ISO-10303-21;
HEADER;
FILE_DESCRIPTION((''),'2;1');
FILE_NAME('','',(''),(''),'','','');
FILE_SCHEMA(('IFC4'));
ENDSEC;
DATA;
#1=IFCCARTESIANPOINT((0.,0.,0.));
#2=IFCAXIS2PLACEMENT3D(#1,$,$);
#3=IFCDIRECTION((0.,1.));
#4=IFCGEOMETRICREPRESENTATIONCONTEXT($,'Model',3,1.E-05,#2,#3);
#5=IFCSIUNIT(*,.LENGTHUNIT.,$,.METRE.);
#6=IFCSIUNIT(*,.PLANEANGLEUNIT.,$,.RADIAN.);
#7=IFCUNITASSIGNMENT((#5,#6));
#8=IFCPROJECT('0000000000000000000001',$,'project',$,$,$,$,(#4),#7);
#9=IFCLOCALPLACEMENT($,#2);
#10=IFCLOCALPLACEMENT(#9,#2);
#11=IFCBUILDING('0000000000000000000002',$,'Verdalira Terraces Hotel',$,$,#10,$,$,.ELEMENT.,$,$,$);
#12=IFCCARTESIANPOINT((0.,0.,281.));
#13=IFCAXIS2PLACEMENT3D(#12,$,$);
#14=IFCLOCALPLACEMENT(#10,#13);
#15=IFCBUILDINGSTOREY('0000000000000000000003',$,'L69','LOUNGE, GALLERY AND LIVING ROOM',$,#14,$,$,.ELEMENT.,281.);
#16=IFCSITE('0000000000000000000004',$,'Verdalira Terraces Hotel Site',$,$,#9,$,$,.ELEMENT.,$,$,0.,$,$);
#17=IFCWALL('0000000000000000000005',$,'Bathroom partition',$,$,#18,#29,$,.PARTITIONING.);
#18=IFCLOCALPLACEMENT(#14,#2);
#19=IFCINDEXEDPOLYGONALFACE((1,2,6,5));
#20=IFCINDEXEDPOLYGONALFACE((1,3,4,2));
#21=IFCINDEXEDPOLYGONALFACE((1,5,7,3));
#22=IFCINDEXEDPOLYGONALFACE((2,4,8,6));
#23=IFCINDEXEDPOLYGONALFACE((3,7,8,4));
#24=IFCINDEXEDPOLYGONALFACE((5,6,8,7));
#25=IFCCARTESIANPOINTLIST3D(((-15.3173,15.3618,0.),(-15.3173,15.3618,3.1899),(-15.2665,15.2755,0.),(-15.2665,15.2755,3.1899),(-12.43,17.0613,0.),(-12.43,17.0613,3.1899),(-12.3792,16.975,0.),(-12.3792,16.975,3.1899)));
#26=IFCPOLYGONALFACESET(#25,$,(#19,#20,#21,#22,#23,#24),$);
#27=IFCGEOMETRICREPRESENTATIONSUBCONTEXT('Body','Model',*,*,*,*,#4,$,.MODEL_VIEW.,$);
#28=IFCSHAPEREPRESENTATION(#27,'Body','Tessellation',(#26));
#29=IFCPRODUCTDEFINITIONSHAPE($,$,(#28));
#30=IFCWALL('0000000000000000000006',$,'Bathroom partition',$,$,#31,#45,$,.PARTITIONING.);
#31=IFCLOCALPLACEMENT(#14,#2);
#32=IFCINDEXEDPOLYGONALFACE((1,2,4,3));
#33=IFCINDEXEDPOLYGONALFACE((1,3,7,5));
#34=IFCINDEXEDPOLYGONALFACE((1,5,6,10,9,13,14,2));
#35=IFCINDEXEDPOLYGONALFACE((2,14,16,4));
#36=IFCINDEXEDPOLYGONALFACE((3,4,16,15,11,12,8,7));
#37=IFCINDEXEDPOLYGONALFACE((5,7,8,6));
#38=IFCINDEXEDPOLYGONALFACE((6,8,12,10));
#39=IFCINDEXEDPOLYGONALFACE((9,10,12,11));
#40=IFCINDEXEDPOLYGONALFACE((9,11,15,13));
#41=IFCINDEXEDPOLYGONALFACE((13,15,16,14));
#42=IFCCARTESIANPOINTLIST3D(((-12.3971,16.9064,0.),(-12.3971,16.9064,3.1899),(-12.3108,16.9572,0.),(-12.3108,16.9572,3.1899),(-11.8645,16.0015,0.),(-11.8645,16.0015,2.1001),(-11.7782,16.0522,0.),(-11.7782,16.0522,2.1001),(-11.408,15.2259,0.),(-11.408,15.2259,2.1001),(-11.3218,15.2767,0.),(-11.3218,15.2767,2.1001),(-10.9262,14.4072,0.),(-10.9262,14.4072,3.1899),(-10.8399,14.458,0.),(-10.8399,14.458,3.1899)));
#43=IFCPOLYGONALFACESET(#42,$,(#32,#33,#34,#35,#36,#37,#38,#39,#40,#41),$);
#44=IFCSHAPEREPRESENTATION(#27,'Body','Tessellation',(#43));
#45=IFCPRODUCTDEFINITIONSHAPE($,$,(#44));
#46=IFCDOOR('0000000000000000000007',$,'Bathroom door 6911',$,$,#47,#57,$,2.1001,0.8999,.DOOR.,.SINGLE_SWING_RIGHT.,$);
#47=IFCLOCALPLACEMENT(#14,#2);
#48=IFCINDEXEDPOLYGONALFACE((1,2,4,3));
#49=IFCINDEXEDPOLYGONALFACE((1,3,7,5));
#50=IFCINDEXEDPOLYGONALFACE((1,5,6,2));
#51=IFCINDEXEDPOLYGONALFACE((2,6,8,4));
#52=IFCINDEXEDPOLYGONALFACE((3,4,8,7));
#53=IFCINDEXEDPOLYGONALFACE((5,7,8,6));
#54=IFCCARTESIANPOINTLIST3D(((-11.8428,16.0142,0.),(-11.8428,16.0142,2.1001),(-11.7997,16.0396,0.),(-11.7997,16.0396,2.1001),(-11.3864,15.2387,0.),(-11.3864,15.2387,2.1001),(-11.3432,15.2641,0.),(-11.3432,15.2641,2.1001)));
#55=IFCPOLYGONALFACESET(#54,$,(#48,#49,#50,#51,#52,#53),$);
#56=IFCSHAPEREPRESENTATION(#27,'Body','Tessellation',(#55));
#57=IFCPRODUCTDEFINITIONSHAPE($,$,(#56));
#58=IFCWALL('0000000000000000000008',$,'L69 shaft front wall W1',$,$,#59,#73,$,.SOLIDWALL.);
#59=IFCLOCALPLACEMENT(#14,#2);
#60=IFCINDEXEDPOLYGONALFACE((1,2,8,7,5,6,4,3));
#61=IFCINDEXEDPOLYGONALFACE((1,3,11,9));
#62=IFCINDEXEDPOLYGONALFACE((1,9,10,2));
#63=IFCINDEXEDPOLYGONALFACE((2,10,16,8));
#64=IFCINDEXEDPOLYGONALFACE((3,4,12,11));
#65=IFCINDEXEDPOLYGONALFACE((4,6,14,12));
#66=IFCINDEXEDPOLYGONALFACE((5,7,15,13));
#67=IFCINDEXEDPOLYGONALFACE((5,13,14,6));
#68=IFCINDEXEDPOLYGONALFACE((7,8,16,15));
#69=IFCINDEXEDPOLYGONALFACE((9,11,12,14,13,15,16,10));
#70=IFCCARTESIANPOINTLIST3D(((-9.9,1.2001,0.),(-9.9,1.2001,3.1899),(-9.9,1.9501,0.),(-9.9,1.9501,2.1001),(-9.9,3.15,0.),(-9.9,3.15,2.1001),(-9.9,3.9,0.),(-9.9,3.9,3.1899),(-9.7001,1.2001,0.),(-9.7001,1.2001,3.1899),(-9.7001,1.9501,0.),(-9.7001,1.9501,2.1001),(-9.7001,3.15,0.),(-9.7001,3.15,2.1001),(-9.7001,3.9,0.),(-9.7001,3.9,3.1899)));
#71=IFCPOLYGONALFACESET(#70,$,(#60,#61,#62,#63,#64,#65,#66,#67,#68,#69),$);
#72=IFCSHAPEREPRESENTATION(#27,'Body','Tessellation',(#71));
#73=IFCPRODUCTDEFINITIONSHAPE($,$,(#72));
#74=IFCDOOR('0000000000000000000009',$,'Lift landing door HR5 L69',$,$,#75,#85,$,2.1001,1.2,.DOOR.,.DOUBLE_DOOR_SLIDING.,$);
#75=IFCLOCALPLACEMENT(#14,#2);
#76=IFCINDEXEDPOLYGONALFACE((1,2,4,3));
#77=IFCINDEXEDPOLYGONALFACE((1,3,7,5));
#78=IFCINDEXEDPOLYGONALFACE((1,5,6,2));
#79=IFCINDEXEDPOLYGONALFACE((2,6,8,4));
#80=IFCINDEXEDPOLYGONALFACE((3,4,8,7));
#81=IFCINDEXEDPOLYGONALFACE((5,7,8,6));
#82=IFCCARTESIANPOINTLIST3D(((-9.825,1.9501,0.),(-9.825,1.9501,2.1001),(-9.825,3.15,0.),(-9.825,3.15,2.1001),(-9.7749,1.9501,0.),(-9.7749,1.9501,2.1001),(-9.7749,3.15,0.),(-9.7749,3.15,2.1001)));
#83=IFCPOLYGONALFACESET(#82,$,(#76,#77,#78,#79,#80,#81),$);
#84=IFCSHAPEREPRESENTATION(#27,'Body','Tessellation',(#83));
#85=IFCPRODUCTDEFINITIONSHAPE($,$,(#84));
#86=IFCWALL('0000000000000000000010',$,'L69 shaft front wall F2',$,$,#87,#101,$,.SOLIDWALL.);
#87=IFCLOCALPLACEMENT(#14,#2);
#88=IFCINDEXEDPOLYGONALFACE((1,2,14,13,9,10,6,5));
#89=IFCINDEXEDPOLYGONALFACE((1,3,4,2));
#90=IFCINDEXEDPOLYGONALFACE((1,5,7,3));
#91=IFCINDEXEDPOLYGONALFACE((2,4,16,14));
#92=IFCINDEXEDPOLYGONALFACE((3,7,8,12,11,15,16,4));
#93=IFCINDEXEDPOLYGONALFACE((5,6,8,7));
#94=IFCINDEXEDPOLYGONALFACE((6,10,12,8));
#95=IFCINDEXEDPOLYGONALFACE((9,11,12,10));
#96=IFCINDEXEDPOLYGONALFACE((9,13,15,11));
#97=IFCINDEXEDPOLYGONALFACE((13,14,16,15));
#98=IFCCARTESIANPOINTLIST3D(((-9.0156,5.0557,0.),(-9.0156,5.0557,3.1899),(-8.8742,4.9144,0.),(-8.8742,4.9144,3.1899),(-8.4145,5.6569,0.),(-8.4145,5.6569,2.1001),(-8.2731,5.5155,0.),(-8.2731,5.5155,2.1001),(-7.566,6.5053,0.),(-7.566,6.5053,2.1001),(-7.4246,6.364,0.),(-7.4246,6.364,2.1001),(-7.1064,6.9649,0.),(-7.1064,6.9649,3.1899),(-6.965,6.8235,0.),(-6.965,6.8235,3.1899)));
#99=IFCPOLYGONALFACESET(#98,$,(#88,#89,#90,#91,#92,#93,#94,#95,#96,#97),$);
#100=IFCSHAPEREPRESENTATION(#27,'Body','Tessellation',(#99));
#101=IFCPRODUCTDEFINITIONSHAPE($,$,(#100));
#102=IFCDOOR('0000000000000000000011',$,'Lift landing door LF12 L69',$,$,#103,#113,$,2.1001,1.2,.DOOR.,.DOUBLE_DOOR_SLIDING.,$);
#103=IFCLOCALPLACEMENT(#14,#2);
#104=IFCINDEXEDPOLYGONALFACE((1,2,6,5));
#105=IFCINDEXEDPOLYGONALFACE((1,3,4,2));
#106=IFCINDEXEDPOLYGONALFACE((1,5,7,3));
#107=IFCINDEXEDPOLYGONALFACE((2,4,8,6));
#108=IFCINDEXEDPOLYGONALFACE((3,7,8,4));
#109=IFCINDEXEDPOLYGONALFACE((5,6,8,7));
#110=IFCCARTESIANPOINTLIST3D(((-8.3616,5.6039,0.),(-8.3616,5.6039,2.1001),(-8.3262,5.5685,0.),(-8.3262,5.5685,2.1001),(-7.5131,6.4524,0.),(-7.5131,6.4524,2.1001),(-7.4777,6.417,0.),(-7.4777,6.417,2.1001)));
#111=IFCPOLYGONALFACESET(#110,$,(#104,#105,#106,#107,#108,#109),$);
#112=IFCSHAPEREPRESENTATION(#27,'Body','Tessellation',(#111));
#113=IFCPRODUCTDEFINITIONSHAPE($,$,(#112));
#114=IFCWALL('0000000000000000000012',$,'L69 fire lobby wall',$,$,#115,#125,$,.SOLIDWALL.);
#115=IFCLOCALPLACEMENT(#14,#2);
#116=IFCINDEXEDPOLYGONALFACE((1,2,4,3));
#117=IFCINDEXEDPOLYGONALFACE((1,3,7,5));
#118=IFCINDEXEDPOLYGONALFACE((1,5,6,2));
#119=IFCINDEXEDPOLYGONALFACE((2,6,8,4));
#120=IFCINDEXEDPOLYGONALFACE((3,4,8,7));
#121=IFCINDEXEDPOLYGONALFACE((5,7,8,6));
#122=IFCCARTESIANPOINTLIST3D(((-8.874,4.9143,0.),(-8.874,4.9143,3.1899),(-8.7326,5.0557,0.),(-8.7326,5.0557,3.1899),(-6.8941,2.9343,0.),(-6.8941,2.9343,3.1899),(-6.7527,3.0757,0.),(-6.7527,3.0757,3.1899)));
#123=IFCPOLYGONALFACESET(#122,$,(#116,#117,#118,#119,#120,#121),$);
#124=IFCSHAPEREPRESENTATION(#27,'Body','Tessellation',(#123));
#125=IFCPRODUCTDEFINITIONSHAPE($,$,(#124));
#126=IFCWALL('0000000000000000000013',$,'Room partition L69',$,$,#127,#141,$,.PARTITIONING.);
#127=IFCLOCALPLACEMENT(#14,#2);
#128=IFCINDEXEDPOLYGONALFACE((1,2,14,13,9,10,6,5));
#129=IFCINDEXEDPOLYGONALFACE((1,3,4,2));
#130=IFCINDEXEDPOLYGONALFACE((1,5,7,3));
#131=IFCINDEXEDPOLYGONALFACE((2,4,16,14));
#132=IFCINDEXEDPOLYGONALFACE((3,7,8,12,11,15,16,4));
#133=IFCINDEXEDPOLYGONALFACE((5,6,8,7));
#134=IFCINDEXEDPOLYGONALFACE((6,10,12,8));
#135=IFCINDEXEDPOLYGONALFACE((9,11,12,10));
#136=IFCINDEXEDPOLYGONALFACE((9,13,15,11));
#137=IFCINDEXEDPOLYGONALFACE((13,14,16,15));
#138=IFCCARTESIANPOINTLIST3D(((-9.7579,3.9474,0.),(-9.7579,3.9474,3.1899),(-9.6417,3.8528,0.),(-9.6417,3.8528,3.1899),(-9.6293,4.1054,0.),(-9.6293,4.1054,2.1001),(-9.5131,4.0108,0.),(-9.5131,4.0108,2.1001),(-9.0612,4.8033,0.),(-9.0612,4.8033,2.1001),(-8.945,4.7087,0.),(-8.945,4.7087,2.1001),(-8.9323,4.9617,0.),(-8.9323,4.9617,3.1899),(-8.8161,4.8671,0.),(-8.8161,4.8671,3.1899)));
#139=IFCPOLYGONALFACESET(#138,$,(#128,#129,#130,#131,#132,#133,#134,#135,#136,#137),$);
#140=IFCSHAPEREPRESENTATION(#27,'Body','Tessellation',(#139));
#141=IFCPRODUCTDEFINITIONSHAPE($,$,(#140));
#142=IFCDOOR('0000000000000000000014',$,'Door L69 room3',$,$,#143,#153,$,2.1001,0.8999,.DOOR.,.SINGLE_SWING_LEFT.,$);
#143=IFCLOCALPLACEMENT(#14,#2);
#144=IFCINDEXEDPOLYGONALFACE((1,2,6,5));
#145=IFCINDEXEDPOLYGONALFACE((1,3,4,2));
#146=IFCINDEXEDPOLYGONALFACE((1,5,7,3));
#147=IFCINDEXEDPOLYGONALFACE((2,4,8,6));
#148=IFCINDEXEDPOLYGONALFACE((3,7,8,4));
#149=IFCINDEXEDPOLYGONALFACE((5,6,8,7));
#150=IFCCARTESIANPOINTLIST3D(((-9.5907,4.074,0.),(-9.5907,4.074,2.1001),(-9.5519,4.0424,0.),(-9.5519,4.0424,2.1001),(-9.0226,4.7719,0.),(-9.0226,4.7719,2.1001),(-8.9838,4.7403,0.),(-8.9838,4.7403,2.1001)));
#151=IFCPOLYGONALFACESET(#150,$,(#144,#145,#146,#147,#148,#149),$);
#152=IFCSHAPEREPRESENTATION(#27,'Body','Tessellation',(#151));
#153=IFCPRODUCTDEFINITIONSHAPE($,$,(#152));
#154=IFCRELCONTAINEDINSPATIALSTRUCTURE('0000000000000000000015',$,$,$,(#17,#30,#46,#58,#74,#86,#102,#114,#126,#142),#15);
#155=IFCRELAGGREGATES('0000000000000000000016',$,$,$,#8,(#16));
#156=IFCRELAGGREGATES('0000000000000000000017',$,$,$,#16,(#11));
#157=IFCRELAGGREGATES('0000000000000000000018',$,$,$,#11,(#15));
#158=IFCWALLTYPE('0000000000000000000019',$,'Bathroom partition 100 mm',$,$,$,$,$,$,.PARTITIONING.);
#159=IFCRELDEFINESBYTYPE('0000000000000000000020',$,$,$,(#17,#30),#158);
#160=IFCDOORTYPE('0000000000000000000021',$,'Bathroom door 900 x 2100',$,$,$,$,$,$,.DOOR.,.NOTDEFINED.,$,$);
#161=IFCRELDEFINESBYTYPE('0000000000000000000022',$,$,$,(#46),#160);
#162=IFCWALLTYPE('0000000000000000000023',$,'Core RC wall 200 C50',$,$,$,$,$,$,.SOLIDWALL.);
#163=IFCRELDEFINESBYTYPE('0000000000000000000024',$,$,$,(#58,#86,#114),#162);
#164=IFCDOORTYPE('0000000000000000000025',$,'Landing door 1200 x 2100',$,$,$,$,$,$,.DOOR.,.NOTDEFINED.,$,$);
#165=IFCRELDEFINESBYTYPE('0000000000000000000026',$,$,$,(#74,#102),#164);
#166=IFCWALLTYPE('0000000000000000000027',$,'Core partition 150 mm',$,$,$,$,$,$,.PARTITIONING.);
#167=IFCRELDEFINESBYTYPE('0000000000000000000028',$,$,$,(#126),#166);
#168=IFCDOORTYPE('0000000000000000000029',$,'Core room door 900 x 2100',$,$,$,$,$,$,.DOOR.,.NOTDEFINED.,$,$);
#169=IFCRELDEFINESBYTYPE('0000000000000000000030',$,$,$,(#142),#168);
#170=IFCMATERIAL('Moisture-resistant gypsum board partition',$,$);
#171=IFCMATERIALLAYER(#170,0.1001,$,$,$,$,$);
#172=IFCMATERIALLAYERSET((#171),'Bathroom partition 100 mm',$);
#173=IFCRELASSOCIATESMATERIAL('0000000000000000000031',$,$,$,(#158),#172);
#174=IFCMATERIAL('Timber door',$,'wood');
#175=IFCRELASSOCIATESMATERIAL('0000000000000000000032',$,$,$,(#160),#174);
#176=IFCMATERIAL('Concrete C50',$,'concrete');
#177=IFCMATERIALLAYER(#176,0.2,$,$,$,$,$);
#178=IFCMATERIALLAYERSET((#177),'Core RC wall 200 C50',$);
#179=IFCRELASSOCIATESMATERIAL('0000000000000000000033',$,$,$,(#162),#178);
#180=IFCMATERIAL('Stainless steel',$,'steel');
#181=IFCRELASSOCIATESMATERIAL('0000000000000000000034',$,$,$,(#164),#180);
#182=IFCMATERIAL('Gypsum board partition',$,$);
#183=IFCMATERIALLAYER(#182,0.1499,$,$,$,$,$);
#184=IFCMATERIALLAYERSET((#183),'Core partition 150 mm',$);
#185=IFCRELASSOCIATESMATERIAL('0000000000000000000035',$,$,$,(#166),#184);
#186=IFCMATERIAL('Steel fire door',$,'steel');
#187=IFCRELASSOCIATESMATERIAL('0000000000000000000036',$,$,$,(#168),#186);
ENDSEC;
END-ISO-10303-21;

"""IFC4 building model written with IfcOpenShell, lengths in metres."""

from ifc_helpers import new_model, si_unit, direction, frame, frame_2d, origin, place, context, subcontext, project, spatial, rectangle, extrude, material, layer, layer_set, type_object, element, fill, save


model = new_model("IFC4")

# Units and contexts
model_context = context("Model", 3, precision=1e-05, world=origin(), true_north=direction((0.0, 1.0)))
body_context = subcontext(model_context, "Body", "Model", "MODEL_VIEW")
ifc_project = project(units=[si_unit("LENGTHUNIT", "METRE"), si_unit("PLANEANGLEUNIT", "RADIAN")], contexts=[model_context])

# Site, building, storey
site_placement = place(None, origin())
site = spatial("IfcSite", under=ifc_project, at=site_placement, Name="Verdalira Terraces Hotel Site", CompositionType="ELEMENT", RefElevation=0.0)
building_placement = place(site_placement, origin())
building = spatial("IfcBuilding", under=site, at=building_placement, Name="Verdalira Terraces Hotel", CompositionType="ELEMENT")
storey_placement = place(building_placement, frame((0.0, 0.0, 281.0)))
storey = spatial("IfcBuildingStorey", under=building, at=storey_placement, Name="L69", Description="LOUNGE, GALLERY AND LIVING ROOM", CompositionType="ELEMENT", Elevation=281.0)

# Wall
ifc_material_1 = material(Name="Moisture-resistant gypsum board partition")
ifc_layer_1 = layer(ifc_material_1, 0.1001)
ifc_layer_set_1 = layer_set([ifc_layer_1], Name="Bathroom partition 100 mm")
wall_type_1 = type_object("IfcWallType", Name="Bathroom partition 100 mm", PredefinedType="PARTITIONING", material=ifc_layer_set_1)
wall_1_placement = place(storey_placement, frame((-15.292, 15.3186, 0.0), z_axis=(0.0, 0.0, 1.0), x_axis=(0.86179, 0.507265, 0.0)))
element("IfcWall", 1, at=wall_1_placement, inside=storey, type_object=wall_type_1, Name="Bathroom partition", PredefinedType="PARTITIONING", context=body_context, shape_type="SweptSolid", body=[
    extrude(rectangle(XDim=3.3503, YDim=0.1001, at=frame_2d((1.6753, 0.0))), origin(), (0.0, 0.0, 1.0), 3.1899),
])

# Walls, openings, doors
wall_2_placement = place(storey_placement, frame((-10.8831, 14.4326, 0.0), z_axis=(0.0, 0.0, 1.0), x_axis=(-0.507222, 0.861815, 0.0)))
wall_2 = element("IfcWall", 2, at=wall_2_placement, inside=storey, type_object=wall_type_1, Name="Bathroom partition", PredefinedType="PARTITIONING", context=body_context, shape_type="SweptSolid", body=[
    extrude(rectangle(XDim=2.8999, YDim=0.1001, at=frame_2d((1.45, 0.0))), origin(), (0.0, 0.0, 1.0), 3.1899),
])
opening_1_placement = place(wall_2_placement, frame((0.95, 0.0, 0.0)))
opening_1 = element("IfcOpeningElement", 3, at=opening_1_placement, cuts=wall_2, PredefinedType="OPENING", context=body_context, shape_type="SweptSolid", body=[
    extrude(rectangle(XDim=0.8999, YDim=2.1001, at=frame_2d((0.45, 1.05))), frame((0.0, 0.0601, 0.0), z_axis=(0.0, -1.0, 0.0), x_axis=(1.0, 0.0, 0.0)), (0.0, 0.0, 1.0), 0.1201),
])
ifc_material_2 = material(Name="Timber door", Category="wood")
door_type_1 = type_object("IfcDoorType", Name="Bathroom door 900 x 2100", OperationType="NOTDEFINED", PredefinedType="DOOR", material=ifc_material_2)
door_1_placement = place(opening_1_placement, origin())
door_1 = element("IfcDoor", 4, at=door_1_placement, inside=storey, type_object=door_type_1, Name="Bathroom door 6911", OperationType="SINGLE_SWING_RIGHT", OverallHeight=2.1001, OverallWidth=0.8999, PredefinedType="DOOR", context=body_context, shape_type="SweptSolid", body=[
    extrude(rectangle(XDim=0.8999, YDim=2.1001, at=frame_2d((0.45, 1.05))), frame((0.0, 0.0249, 0.0), z_axis=(0.0, -1.0, 0.0), x_axis=(1.0, 0.0, 0.0)), (0.0, 0.0, 1.0), 0.05),
])
fill(opening_1, door_1)
ifc_material_3 = material(Name="Concrete C50", Category="concrete")
ifc_layer_2 = layer(ifc_material_3, 0.2)
ifc_layer_set_2 = layer_set([ifc_layer_2], Name="Core RC wall 200 C50")
wall_type_2 = type_object("IfcWallType", Name="Core RC wall 200 C50", PredefinedType="SOLIDWALL", material=ifc_layer_set_2)
wall_3_placement = place(storey_placement, frame((-9.8, 1.2, 0.0), z_axis=(0.0, 0.0, 1.0), x_axis=(0.0, 1.0, 0.0)))
wall_3 = element("IfcWall", 5, at=wall_3_placement, inside=storey, type_object=wall_type_2, Name="L69 shaft front wall W1", PredefinedType="SOLIDWALL", context=body_context, shape_type="SweptSolid", body=[
    extrude(rectangle(XDim=2.7, YDim=0.2, at=frame_2d((1.3501, 0.0))), origin(), (0.0, 0.0, 1.0), 3.1899),
])
opening_2_placement = place(wall_3_placement, frame((0.75, 0.0, 0.0)))
opening_2 = element("IfcOpeningElement", 6, at=opening_2_placement, cuts=wall_3, PredefinedType="OPENING", context=body_context, shape_type="SweptSolid", body=[
    extrude(rectangle(XDim=1.2, YDim=2.1001, at=frame_2d((0.6001, 1.05))), frame((0.0, 0.1099, 0.0), z_axis=(0.0, -1.0, 0.0), x_axis=(1.0, 0.0, 0.0)), (0.0, 0.0, 1.0), 0.22),
])
ifc_material_4 = material(Name="Stainless steel", Category="steel")
door_type_2 = type_object("IfcDoorType", Name="Landing door 1200 x 2100", OperationType="NOTDEFINED", PredefinedType="DOOR", material=ifc_material_4)
door_2_placement = place(opening_2_placement, origin())
door_2 = element("IfcDoor", 7, at=door_2_placement, inside=storey, type_object=door_type_2, Name="Lift landing door HR5 L69", OperationType="DOUBLE_DOOR_SLIDING", OverallHeight=2.1001, OverallWidth=1.2, PredefinedType="DOOR", context=body_context, shape_type="SweptSolid", body=[
    extrude(rectangle(XDim=1.2, YDim=2.1001, at=frame_2d((0.6001, 1.05))), frame((0.0, 0.0249, 0.0), z_axis=(0.0, -1.0, 0.0), x_axis=(1.0, 0.0, 0.0)), (0.0, 0.0, 1.0), 0.05),
])
fill(opening_2, door_2)
wall_4_placement = place(storey_placement, frame((-7.0356, 6.8943, 0.0), z_axis=(0.0, 0.0, 1.0), x_axis=(-0.707107, -0.707107, 0.0)))
wall_4 = element("IfcWall", 8, at=wall_4_placement, inside=storey, type_object=wall_type_2, Name="L69 shaft front wall F2", PredefinedType="SOLIDWALL", context=body_context, shape_type="SweptSolid", body=[
    extrude(rectangle(XDim=2.7, YDim=0.2, at=frame_2d((1.3501, 0.0))), origin(), (0.0, 0.0, 1.0), 3.1899),
])
opening_3_placement = place(wall_4_placement, frame((0.6499, 0.0, 0.0)))
opening_3 = element("IfcOpeningElement", 9, at=opening_3_placement, cuts=wall_4, PredefinedType="OPENING", context=body_context, shape_type="SweptSolid", body=[
    extrude(rectangle(XDim=1.2, YDim=2.1001, at=frame_2d((0.6001, 1.05))), frame((0.0, 0.1099, 0.0), z_axis=(0.0, -1.0, 0.0), x_axis=(1.0, 0.0, 0.0)), (0.0, 0.0, 1.0), 0.22),
])
door_3_placement = place(opening_3_placement, origin())
door_3 = element("IfcDoor", 10, at=door_3_placement, inside=storey, type_object=door_type_2, Name="Lift landing door LF12 L69", OperationType="DOUBLE_DOOR_SLIDING", OverallHeight=2.1001, OverallWidth=1.2, PredefinedType="DOOR", context=body_context, shape_type="SweptSolid", body=[
    extrude(rectangle(XDim=1.2, YDim=2.1001, at=frame_2d((0.6001, 1.05))), frame((0.0, 0.0249, 0.0), z_axis=(0.0, -1.0, 0.0), x_axis=(1.0, 0.0, 0.0)), (0.0, 0.0, 1.0), 0.05),
])
fill(opening_3, door_3)

# Wall
wall_5_placement = place(storey_placement, frame((-6.8235, 3.0051, 0.0), z_axis=(0.0, 0.0, 1.0), x_axis=(-0.707107, 0.707107, 0.0)))
element("IfcWall", 11, at=wall_5_placement, inside=storey, type_object=wall_type_2, Name="L69 fire lobby wall", PredefinedType="SOLIDWALL", context=body_context, shape_type="SweptSolid", body=[
    extrude(rectangle(XDim=2.8, YDim=0.2, at=frame_2d((1.3999, 0.0))), origin(), (0.0, 0.0, 1.0), 3.1899),
])

# Wall, opening, door
ifc_material_5 = material(Name="Gypsum board partition")
ifc_layer_3 = layer(ifc_material_5, 0.1499)
ifc_layer_set_3 = layer_set([ifc_layer_3], Name="Core partition 150 mm")
wall_type_3 = type_object("IfcWallType", Name="Core partition 150 mm", PredefinedType="PARTITIONING", material=ifc_layer_set_3)
wall_6_placement = place(storey_placement, frame((-8.8743, 4.9143, 0.0), z_axis=(0.0, 0.0, 1.0), x_axis=(-0.631274, -0.77556, 0.0)))
wall_6 = element("IfcWall", 12, at=wall_6_placement, inside=storey, type_object=wall_type_3, Name="Room partition L69", PredefinedType="PARTITIONING", context=body_context, shape_type="SweptSolid", body=[
    extrude(rectangle(XDim=1.3079, YDim=0.1499, at=frame_2d((0.6538, 0.0))), origin(), (0.0, 0.0, 1.0), 3.1899),
])
opening_4_placement = place(wall_6_placement, frame((0.2041, 0.0, 0.0)))
opening_4 = element("IfcOpeningElement", 13, at=opening_4_placement, cuts=wall_6, PredefinedType="OPENING", context=body_context, shape_type="SweptSolid", body=[
    extrude(rectangle(XDim=0.8999, YDim=2.1001, at=frame_2d((0.45, 1.05))), frame((0.0, 0.085, 0.0), z_axis=(0.0, -1.0, 0.0), x_axis=(1.0, 0.0, 0.0)), (0.0, 0.0, 1.0), 0.1699),
])
ifc_material_6 = material(Name="Steel fire door", Category="steel")
door_type_3 = type_object("IfcDoorType", Name="Core room door 900 x 2100", OperationType="NOTDEFINED", PredefinedType="DOOR", material=ifc_material_6)
door_4_placement = place(opening_4_placement, origin())
door_4 = element("IfcDoor", 14, at=door_4_placement, inside=storey, type_object=door_type_3, Name="Door L69 room3", OperationType="SINGLE_SWING_LEFT", OverallHeight=2.1001, OverallWidth=0.8999, PredefinedType="DOOR", context=body_context, shape_type="SweptSolid", body=[
    extrude(rectangle(XDim=0.8999, YDim=2.1001, at=frame_2d((0.45, 1.05))), frame((0.0, 0.0249, 0.0), z_axis=(0.0, -1.0, 0.0), x_axis=(1.0, 0.0, 0.0)), (0.0, 0.0, 1.0), 0.05),
])
fill(opening_4, door_4)

save(model, "model.ifc")
